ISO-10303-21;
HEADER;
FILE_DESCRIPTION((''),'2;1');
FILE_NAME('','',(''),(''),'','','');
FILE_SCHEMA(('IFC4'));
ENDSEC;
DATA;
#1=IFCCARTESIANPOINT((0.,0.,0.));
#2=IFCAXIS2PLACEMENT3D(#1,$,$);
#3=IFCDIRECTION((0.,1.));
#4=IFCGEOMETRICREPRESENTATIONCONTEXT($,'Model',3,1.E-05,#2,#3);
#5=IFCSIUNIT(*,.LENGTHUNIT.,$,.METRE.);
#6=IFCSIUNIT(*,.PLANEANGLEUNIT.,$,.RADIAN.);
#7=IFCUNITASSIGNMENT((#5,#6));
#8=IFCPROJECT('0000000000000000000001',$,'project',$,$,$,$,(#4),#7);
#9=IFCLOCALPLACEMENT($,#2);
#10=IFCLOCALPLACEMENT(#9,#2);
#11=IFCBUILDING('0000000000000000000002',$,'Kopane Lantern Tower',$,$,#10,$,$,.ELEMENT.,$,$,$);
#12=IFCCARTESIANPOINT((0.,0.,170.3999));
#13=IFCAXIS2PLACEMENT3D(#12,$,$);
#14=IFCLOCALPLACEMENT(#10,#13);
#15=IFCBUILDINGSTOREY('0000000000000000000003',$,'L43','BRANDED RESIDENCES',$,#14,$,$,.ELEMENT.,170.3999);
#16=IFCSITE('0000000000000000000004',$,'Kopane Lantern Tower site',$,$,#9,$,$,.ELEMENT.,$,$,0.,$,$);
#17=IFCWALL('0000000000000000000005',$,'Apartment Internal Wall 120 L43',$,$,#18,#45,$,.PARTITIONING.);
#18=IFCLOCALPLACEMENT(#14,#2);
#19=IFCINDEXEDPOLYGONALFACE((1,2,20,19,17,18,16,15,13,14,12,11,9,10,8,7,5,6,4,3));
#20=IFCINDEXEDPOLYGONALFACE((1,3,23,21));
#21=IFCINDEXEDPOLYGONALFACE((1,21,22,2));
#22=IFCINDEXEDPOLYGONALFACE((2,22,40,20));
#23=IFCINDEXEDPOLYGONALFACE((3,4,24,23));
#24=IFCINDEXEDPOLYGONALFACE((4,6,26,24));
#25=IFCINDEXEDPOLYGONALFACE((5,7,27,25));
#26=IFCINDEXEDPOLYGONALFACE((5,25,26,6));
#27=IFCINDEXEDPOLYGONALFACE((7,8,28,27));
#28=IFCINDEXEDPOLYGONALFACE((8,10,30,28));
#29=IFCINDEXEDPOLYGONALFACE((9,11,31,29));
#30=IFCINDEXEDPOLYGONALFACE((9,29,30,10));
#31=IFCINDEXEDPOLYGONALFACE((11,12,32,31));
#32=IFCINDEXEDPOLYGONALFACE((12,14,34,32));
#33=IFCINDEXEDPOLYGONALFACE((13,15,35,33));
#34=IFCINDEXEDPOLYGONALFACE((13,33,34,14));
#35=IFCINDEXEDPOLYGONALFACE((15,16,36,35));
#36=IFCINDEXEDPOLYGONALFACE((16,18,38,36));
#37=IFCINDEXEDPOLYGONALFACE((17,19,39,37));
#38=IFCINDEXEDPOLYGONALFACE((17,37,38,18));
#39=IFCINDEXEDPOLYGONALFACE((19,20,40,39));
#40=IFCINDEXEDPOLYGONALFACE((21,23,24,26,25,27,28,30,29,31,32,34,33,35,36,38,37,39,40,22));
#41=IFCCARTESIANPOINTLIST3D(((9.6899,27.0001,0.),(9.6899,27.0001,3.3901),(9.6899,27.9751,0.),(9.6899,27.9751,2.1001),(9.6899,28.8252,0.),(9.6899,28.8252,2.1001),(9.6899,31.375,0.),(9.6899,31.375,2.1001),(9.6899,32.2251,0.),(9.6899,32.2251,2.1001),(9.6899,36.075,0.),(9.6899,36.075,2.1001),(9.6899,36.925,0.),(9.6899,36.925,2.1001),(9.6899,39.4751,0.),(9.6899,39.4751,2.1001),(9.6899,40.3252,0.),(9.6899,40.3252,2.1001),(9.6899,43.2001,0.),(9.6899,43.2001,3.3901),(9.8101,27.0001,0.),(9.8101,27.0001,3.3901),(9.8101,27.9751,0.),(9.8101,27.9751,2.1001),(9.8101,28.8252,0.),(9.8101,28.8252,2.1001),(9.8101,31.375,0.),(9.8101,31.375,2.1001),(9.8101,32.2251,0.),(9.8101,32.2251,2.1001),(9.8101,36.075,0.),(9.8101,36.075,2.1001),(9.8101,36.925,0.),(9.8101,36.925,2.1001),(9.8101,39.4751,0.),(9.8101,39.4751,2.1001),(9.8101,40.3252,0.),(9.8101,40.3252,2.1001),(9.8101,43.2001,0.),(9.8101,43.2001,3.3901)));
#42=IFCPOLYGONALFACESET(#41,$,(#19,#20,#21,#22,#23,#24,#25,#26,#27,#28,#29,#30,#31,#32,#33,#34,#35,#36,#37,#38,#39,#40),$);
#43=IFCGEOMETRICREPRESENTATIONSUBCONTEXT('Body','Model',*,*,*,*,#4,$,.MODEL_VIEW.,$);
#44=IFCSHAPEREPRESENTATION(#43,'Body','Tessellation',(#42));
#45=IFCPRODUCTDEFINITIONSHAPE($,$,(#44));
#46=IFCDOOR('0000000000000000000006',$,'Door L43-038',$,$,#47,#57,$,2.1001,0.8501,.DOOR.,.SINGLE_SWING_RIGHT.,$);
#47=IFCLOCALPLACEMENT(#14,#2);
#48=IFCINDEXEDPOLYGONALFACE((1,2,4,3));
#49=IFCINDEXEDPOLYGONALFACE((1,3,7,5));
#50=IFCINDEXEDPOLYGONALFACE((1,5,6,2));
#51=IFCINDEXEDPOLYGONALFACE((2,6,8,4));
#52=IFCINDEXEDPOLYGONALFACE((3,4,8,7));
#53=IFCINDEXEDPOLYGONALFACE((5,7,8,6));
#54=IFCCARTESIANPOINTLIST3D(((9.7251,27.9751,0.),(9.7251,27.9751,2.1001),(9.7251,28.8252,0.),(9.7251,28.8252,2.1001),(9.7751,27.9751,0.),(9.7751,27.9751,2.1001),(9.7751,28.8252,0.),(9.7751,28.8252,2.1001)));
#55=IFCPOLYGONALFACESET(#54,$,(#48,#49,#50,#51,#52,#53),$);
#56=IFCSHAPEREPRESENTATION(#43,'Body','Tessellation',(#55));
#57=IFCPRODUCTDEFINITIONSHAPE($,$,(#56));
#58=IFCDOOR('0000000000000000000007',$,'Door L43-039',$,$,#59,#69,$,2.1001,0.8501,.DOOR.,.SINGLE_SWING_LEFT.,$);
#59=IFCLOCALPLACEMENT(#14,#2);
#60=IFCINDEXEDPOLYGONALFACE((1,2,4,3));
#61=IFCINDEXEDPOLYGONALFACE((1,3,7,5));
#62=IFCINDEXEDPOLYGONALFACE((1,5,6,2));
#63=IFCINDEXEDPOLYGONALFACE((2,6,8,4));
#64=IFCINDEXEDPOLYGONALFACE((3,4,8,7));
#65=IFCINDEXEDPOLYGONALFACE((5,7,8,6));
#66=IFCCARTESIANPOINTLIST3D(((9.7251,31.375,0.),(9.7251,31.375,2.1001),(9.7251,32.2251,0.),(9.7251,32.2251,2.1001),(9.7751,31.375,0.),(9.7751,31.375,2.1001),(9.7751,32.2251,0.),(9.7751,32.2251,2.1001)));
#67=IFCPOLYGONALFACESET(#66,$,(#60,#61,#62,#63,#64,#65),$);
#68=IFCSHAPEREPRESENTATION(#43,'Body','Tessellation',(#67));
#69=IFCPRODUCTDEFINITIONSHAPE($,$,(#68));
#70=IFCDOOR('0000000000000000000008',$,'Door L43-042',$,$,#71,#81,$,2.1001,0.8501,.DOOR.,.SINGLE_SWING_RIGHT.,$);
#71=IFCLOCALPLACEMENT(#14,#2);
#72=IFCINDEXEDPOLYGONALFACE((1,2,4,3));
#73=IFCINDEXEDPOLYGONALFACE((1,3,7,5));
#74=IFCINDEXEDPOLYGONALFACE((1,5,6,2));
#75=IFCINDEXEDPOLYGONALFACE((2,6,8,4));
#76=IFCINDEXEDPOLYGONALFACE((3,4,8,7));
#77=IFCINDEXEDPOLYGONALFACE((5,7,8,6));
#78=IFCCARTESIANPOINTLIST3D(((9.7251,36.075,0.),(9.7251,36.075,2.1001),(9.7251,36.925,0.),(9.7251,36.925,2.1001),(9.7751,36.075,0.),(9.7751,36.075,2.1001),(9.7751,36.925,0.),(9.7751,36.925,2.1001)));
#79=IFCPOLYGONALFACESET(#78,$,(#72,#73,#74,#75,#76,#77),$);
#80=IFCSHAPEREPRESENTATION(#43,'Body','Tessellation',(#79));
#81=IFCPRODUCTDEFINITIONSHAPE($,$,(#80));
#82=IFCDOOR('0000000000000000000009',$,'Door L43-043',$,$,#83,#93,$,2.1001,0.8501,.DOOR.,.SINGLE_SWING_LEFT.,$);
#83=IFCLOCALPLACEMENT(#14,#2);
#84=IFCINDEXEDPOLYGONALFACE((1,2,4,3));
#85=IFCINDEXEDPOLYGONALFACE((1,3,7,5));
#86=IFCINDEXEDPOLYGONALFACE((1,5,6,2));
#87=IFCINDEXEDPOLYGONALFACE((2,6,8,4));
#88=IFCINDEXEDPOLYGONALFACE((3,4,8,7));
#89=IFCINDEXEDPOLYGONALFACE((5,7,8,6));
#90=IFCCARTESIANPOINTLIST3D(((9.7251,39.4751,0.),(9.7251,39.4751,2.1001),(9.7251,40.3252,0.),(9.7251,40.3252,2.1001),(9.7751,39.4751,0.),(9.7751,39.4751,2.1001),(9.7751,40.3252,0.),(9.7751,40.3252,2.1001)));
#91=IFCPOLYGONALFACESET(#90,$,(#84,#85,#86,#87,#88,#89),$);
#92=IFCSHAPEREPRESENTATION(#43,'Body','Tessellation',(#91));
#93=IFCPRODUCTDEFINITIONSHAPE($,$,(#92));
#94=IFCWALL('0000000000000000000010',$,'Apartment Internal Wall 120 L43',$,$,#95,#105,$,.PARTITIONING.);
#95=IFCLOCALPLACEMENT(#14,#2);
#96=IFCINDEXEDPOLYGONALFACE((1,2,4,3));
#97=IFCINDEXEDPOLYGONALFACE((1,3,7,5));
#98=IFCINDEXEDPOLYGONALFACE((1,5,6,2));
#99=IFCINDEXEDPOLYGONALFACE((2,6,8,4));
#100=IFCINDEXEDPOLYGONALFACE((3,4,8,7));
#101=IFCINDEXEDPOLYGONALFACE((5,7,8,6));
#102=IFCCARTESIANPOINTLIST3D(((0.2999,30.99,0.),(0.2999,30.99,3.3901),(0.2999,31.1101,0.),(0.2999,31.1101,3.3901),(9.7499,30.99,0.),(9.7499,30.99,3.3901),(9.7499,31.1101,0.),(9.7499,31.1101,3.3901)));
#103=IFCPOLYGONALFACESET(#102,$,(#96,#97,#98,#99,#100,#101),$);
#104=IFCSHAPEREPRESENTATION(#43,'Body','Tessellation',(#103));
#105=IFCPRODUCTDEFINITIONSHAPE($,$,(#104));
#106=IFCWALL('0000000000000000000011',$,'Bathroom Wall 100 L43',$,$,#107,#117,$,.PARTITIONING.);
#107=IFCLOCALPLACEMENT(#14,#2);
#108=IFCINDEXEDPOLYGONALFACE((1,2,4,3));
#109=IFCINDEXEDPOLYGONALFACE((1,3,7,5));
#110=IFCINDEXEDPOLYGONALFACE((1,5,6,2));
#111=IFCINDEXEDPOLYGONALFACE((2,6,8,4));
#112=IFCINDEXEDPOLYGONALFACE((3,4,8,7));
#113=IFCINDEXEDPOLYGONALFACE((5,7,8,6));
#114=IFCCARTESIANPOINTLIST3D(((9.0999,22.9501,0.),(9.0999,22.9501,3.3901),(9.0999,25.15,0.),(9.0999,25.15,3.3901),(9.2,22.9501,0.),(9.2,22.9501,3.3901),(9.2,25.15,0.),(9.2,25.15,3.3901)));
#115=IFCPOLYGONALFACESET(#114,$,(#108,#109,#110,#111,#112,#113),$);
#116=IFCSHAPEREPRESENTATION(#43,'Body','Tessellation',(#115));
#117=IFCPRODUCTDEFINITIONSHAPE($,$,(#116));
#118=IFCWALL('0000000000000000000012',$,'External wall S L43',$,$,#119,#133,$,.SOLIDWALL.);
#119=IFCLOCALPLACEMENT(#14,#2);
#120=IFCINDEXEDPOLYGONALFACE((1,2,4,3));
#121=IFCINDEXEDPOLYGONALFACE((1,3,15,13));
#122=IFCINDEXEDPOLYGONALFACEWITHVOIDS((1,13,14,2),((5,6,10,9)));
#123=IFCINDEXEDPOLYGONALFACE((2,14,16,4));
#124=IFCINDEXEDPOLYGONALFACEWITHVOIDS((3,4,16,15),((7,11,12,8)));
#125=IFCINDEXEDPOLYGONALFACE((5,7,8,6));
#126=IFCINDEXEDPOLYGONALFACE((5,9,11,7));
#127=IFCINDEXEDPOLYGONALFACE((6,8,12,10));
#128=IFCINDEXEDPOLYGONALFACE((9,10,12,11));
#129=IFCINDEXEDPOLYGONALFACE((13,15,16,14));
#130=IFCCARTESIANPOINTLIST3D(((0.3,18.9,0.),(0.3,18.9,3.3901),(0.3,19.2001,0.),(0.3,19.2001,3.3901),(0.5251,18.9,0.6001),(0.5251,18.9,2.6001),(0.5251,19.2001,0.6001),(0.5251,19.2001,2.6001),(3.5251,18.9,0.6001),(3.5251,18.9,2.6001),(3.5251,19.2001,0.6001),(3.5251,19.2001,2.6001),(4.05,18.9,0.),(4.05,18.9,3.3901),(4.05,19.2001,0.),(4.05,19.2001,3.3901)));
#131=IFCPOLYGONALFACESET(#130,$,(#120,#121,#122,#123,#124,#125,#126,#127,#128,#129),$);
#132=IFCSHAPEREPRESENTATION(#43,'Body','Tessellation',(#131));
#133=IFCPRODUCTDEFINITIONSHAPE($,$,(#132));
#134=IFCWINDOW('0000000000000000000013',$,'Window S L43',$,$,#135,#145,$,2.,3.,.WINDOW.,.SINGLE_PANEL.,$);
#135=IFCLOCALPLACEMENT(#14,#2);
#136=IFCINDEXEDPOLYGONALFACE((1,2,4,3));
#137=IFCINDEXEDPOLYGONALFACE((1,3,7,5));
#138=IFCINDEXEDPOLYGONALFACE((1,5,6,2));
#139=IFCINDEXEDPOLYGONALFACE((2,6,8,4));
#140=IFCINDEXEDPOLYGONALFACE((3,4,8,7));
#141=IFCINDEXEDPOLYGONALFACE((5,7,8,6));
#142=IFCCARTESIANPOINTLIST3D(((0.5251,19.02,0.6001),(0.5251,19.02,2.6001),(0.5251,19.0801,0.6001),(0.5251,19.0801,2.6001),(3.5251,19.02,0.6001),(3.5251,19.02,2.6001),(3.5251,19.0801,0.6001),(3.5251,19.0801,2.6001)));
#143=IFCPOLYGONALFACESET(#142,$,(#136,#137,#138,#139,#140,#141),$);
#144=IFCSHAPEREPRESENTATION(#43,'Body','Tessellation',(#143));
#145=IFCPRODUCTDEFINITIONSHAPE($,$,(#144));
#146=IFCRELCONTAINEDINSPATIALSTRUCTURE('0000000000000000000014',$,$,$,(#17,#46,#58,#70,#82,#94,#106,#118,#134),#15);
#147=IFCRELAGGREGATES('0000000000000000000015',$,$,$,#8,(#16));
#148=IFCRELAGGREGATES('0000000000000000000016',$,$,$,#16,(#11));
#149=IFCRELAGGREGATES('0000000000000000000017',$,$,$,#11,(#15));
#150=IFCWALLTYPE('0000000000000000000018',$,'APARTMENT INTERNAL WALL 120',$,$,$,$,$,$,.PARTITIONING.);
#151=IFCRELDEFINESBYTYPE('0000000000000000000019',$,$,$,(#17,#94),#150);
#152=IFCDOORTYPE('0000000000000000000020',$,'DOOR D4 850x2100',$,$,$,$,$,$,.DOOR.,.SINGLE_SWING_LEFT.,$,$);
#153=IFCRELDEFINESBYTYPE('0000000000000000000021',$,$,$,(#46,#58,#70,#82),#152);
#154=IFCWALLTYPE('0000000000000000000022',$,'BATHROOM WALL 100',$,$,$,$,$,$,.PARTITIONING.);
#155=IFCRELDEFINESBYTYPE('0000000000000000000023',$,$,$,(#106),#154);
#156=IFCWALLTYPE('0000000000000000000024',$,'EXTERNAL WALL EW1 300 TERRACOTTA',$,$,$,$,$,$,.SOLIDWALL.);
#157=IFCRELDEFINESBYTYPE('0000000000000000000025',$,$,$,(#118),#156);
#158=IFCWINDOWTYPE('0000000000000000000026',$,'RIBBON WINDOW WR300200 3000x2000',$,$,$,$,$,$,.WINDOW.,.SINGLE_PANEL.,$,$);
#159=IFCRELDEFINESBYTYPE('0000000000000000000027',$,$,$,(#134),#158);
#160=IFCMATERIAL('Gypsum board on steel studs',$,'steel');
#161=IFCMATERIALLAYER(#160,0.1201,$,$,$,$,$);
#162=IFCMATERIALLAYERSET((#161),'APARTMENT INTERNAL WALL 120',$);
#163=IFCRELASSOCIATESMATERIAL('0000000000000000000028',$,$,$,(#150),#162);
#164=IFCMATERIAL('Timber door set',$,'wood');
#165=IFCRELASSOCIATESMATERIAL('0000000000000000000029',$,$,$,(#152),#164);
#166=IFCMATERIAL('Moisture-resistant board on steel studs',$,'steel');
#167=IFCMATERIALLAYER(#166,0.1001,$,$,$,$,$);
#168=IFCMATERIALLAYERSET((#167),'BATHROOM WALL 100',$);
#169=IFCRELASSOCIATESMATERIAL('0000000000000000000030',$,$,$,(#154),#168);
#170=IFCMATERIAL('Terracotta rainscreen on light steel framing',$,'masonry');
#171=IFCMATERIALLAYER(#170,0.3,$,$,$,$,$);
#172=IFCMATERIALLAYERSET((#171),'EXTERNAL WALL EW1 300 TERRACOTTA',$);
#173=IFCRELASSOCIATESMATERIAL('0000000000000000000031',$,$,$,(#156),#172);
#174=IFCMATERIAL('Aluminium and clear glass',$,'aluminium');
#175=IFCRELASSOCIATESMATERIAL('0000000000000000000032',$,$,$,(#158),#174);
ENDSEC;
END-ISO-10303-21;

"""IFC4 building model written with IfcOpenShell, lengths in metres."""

from ifc_helpers import new_model, si_unit, direction, frame, frame_2d, origin, place, context, subcontext, project, spatial, rectangle, extrude, material, layer, layer_set, type_object, element, fill, save


model = new_model("IFC4")

# Units and contexts
model_context = context("Model", 3, precision=1e-05, world=origin(), true_north=direction((0.0, 1.0)))
body_context = subcontext(model_context, "Body", "Model", "MODEL_VIEW")
ifc_project = project(units=[si_unit("LENGTHUNIT", "METRE"), si_unit("PLANEANGLEUNIT", "RADIAN")], contexts=[model_context])

# Site, building, storey
site_placement = place(None, origin())
site = spatial("IfcSite", under=ifc_project, at=site_placement, Name="Kopane Lantern Tower site", CompositionType="ELEMENT", RefElevation=0.0)
building_placement = place(site_placement, origin())
building = spatial("IfcBuilding", under=site, at=building_placement, Name="Kopane Lantern Tower", CompositionType="ELEMENT")
storey_placement = place(building_placement, frame((0.0, 0.0, 170.3999)))
storey = spatial("IfcBuildingStorey", under=building, at=storey_placement, Name="L43", Description="BRANDED RESIDENCES", CompositionType="ELEMENT", Elevation=170.3999)

# Wall, openings, doors
ifc_material_1 = material(Name="Gypsum board on steel studs", Category="steel")
ifc_layer_1 = layer(ifc_material_1, 0.1201)
ifc_layer_set_1 = layer_set([ifc_layer_1], Name="APARTMENT INTERNAL WALL 120")
wall_type_1 = type_object("IfcWallType", Name="APARTMENT INTERNAL WALL 120", PredefinedType="PARTITIONING", material=ifc_layer_set_1)
wall_1_placement = place(storey_placement, frame((9.75, 27.0, 0.0), z_axis=(0.0, 0.0, 1.0), x_axis=(0.0, 1.0, 0.0)))
wall_1 = element("IfcWall", 1, at=wall_1_placement, inside=storey, type_object=wall_type_1, Name="Apartment Internal Wall 120 L43", PredefinedType="PARTITIONING", context=body_context, shape_type="SweptSolid", body=[
    extrude(rectangle(XDim=16.2, YDim=0.1201, at=frame_2d((8.1001, 0.0))), origin(), (0.0, 0.0, 1.0), 3.3901),
])
opening_1_placement = place(wall_1_placement, frame((0.9751, 0.0, 0.0)))
opening_1 = element("IfcOpeningElement", 2, at=opening_1_placement, cuts=wall_1, PredefinedType="OPENING", context=body_context, shape_type="SweptSolid", body=[
    extrude(rectangle(XDim=0.8501, YDim=2.1001, at=frame_2d((0.425, 1.05))), frame((0.0, 0.0701, 0.0), z_axis=(0.0, -1.0, 0.0), x_axis=(1.0, 0.0, 0.0)), (0.0, 0.0, 1.0), 0.1401),
])
opening_2_placement = place(wall_1_placement, frame((4.375, 0.0, 0.0)))
opening_2 = element("IfcOpeningElement", 3, at=opening_2_placement, cuts=wall_1, PredefinedType="OPENING", context=body_context, shape_type="SweptSolid", body=[
    extrude(rectangle(XDim=0.8501, YDim=2.1001, at=frame_2d((0.425, 1.05))), frame((0.0, 0.0701, 0.0), z_axis=(0.0, -1.0, 0.0), x_axis=(1.0, 0.0, 0.0)), (0.0, 0.0, 1.0), 0.1401),
])
opening_3_placement = place(wall_1_placement, frame((9.075, 0.0, 0.0)))
opening_3 = element("IfcOpeningElement", 4, at=opening_3_placement, cuts=wall_1, PredefinedType="OPENING", context=body_context, shape_type="SweptSolid", body=[
    extrude(rectangle(XDim=0.8501, YDim=2.1001, at=frame_2d((0.425, 1.05))), frame((0.0, 0.0701, 0.0), z_axis=(0.0, -1.0, 0.0), x_axis=(1.0, 0.0, 0.0)), (0.0, 0.0, 1.0), 0.1401),
])
opening_4_placement = place(wall_1_placement, frame((12.4751, 0.0, 0.0)))
opening_4 = element("IfcOpeningElement", 5, at=opening_4_placement, cuts=wall_1, PredefinedType="OPENING", context=body_context, shape_type="SweptSolid", body=[
    extrude(rectangle(XDim=0.8501, YDim=2.1001, at=frame_2d((0.425, 1.05))), frame((0.0, 0.0701, 0.0), z_axis=(0.0, -1.0, 0.0), x_axis=(1.0, 0.0, 0.0)), (0.0, 0.0, 1.0), 0.1401),
])
ifc_material_2 = material(Name="Timber door set", Category="wood")
door_type = type_object("IfcDoorType", Name="DOOR D4 850x2100", OperationType="SINGLE_SWING_LEFT", PredefinedType="DOOR", material=ifc_material_2)
door_1_placement = place(opening_1_placement, origin())
door_1 = element("IfcDoor", 6, at=door_1_placement, inside=storey, type_object=door_type, Name="Door L43-038", OperationType="SINGLE_SWING_RIGHT", OverallHeight=2.1001, OverallWidth=0.8501, PredefinedType="DOOR", context=body_context, shape_type="SweptSolid", body=[
    extrude(rectangle(XDim=0.8501, YDim=2.1001, at=frame_2d((0.425, 1.05))), frame((0.0, 0.0249, 0.0), z_axis=(0.0, -1.0, 0.0), x_axis=(1.0, 0.0, 0.0)), (0.0, 0.0, 1.0), 0.05),
])
fill(opening_1, door_1)
door_2_placement = place(opening_2_placement, origin())
door_2 = element("IfcDoor", 7, at=door_2_placement, inside=storey, type_object=door_type, Name="Door L43-039", OperationType="SINGLE_SWING_LEFT", OverallHeight=2.1001, OverallWidth=0.8501, PredefinedType="DOOR", context=body_context, shape_type="SweptSolid", body=[
    extrude(rectangle(XDim=0.8501, YDim=2.1001, at=frame_2d((0.425, 1.05))), frame((0.0, 0.0249, 0.0), z_axis=(0.0, -1.0, 0.0), x_axis=(1.0, 0.0, 0.0)), (0.0, 0.0, 1.0), 0.05),
])
fill(opening_2, door_2)
door_3_placement = place(opening_3_placement, origin())
door_3 = element("IfcDoor", 8, at=door_3_placement, inside=storey, type_object=door_type, Name="Door L43-042", OperationType="SINGLE_SWING_RIGHT", OverallHeight=2.1001, OverallWidth=0.8501, PredefinedType="DOOR", context=body_context, shape_type="SweptSolid", body=[
    extrude(rectangle(XDim=0.8501, YDim=2.1001, at=frame_2d((0.425, 1.05))), frame((0.0, 0.0249, 0.0), z_axis=(0.0, -1.0, 0.0), x_axis=(1.0, 0.0, 0.0)), (0.0, 0.0, 1.0), 0.05),
])
fill(opening_3, door_3)
door_4_placement = place(opening_4_placement, origin())
door_4 = element("IfcDoor", 9, at=door_4_placement, inside=storey, type_object=door_type, Name="Door L43-043", OperationType="SINGLE_SWING_LEFT", OverallHeight=2.1001, OverallWidth=0.8501, PredefinedType="DOOR", context=body_context, shape_type="SweptSolid", body=[
    extrude(rectangle(XDim=0.8501, YDim=2.1001, at=frame_2d((0.425, 1.05))), frame((0.0, 0.0249, 0.0), z_axis=(0.0, -1.0, 0.0), x_axis=(1.0, 0.0, 0.0)), (0.0, 0.0, 1.0), 0.05),
])
fill(opening_4, door_4)

# Walls
wall_2_placement = place(storey_placement, frame((9.75, 31.05, 0.0), z_axis=(0.0, 0.0, 1.0), x_axis=(-1.0, 0.0, 0.0)))
element("IfcWall", 10, at=wall_2_placement, inside=storey, type_object=wall_type_1, Name="Apartment Internal Wall 120 L43", PredefinedType="PARTITIONING", context=body_context, shape_type="SweptSolid", body=[
    extrude(rectangle(XDim=9.45, YDim=0.1201, at=frame_2d((4.7251, 0.0))), origin(), (0.0, 0.0, 1.0), 3.3901),
])
ifc_material_3 = material(Name="Moisture-resistant board on steel studs", Category="steel")
ifc_layer_2 = layer(ifc_material_3, 0.1001)
ifc_layer_set_2 = layer_set([ifc_layer_2], Name="BATHROOM WALL 100")
wall_type_2 = type_object("IfcWallType", Name="BATHROOM WALL 100", PredefinedType="PARTITIONING", material=ifc_layer_set_2)
wall_3_placement = place(storey_placement, frame((9.1499, 22.95, 0.0), z_axis=(0.0, 0.0, 1.0), x_axis=(0.0, 1.0, 0.0)))
element("IfcWall", 11, at=wall_3_placement, inside=storey, type_object=wall_type_2, Name="Bathroom Wall 100 L43", PredefinedType="PARTITIONING", context=body_context, shape_type="SweptSolid", body=[
    extrude(rectangle(XDim=2.2, YDim=0.1001, at=frame_2d((1.1001, 0.0))), origin(), (0.0, 0.0, 1.0), 3.3901),
])

# Wall, opening, window
ifc_material_4 = material(Name="Terracotta rainscreen on light steel framing", Category="masonry")
ifc_layer_3 = layer(ifc_material_4, 0.3)
ifc_layer_set_3 = layer_set([ifc_layer_3], Name="EXTERNAL WALL EW1 300 TERRACOTTA")
wall_type_3 = type_object("IfcWallType", Name="EXTERNAL WALL EW1 300 TERRACOTTA", PredefinedType="SOLIDWALL", material=ifc_layer_set_3)
wall_4_placement = place(storey_placement, frame((0.3, 19.05, 0.0), z_axis=(0.0, 0.0, 1.0), x_axis=(1.0, 0.0, 0.0)))
wall_4 = element("IfcWall", 12, at=wall_4_placement, inside=storey, type_object=wall_type_3, Name="External wall S L43", PredefinedType="SOLIDWALL", context=body_context, shape_type="SweptSolid", body=[
    extrude(rectangle(XDim=3.75, YDim=0.3, at=frame_2d((1.875, 0.0))), origin(), (0.0, 0.0, 1.0), 3.3901),
])
opening_5_placement = place(wall_4_placement, frame((0.2251, 0.0, 0.6001)))
opening_5 = element("IfcOpeningElement", 13, at=opening_5_placement, cuts=wall_4, PredefinedType="OPENING", context=body_context, shape_type="SweptSolid", body=[
    extrude(rectangle(XDim=3.0, YDim=2.0, at=frame_2d((1.5, 1.0))), frame((0.0, 0.1599, 0.0), z_axis=(0.0, -1.0, 0.0), x_axis=(1.0, 0.0, 0.0)), (0.0, 0.0, 1.0), 0.3201),
])
ifc_material_5 = material(Name="Aluminium and clear glass", Category="aluminium")
window_type = type_object("IfcWindowType", Name="RIBBON WINDOW WR300200 3000x2000", PartitioningType="SINGLE_PANEL", PredefinedType="WINDOW", material=ifc_material_5)
window_1_placement = place(opening_5_placement, origin())
window_1 = element("IfcWindow", 14, at=window_1_placement, inside=storey, type_object=window_type, Name="Window S L43", OverallHeight=2.0, OverallWidth=3.0, PartitioningType="SINGLE_PANEL", PredefinedType="WINDOW", context=body_context, shape_type="SweptSolid", body=[
    extrude(rectangle(XDim=3.0, YDim=2.0, at=frame_2d((1.5, 1.0))), frame((0.0, 0.03, 0.0), z_axis=(0.0, -1.0, 0.0), x_axis=(1.0, 0.0, 0.0)), (0.0, 0.0, 1.0), 0.0601),
])
fill(opening_5, window_1)

save(model, "model.ifc")
